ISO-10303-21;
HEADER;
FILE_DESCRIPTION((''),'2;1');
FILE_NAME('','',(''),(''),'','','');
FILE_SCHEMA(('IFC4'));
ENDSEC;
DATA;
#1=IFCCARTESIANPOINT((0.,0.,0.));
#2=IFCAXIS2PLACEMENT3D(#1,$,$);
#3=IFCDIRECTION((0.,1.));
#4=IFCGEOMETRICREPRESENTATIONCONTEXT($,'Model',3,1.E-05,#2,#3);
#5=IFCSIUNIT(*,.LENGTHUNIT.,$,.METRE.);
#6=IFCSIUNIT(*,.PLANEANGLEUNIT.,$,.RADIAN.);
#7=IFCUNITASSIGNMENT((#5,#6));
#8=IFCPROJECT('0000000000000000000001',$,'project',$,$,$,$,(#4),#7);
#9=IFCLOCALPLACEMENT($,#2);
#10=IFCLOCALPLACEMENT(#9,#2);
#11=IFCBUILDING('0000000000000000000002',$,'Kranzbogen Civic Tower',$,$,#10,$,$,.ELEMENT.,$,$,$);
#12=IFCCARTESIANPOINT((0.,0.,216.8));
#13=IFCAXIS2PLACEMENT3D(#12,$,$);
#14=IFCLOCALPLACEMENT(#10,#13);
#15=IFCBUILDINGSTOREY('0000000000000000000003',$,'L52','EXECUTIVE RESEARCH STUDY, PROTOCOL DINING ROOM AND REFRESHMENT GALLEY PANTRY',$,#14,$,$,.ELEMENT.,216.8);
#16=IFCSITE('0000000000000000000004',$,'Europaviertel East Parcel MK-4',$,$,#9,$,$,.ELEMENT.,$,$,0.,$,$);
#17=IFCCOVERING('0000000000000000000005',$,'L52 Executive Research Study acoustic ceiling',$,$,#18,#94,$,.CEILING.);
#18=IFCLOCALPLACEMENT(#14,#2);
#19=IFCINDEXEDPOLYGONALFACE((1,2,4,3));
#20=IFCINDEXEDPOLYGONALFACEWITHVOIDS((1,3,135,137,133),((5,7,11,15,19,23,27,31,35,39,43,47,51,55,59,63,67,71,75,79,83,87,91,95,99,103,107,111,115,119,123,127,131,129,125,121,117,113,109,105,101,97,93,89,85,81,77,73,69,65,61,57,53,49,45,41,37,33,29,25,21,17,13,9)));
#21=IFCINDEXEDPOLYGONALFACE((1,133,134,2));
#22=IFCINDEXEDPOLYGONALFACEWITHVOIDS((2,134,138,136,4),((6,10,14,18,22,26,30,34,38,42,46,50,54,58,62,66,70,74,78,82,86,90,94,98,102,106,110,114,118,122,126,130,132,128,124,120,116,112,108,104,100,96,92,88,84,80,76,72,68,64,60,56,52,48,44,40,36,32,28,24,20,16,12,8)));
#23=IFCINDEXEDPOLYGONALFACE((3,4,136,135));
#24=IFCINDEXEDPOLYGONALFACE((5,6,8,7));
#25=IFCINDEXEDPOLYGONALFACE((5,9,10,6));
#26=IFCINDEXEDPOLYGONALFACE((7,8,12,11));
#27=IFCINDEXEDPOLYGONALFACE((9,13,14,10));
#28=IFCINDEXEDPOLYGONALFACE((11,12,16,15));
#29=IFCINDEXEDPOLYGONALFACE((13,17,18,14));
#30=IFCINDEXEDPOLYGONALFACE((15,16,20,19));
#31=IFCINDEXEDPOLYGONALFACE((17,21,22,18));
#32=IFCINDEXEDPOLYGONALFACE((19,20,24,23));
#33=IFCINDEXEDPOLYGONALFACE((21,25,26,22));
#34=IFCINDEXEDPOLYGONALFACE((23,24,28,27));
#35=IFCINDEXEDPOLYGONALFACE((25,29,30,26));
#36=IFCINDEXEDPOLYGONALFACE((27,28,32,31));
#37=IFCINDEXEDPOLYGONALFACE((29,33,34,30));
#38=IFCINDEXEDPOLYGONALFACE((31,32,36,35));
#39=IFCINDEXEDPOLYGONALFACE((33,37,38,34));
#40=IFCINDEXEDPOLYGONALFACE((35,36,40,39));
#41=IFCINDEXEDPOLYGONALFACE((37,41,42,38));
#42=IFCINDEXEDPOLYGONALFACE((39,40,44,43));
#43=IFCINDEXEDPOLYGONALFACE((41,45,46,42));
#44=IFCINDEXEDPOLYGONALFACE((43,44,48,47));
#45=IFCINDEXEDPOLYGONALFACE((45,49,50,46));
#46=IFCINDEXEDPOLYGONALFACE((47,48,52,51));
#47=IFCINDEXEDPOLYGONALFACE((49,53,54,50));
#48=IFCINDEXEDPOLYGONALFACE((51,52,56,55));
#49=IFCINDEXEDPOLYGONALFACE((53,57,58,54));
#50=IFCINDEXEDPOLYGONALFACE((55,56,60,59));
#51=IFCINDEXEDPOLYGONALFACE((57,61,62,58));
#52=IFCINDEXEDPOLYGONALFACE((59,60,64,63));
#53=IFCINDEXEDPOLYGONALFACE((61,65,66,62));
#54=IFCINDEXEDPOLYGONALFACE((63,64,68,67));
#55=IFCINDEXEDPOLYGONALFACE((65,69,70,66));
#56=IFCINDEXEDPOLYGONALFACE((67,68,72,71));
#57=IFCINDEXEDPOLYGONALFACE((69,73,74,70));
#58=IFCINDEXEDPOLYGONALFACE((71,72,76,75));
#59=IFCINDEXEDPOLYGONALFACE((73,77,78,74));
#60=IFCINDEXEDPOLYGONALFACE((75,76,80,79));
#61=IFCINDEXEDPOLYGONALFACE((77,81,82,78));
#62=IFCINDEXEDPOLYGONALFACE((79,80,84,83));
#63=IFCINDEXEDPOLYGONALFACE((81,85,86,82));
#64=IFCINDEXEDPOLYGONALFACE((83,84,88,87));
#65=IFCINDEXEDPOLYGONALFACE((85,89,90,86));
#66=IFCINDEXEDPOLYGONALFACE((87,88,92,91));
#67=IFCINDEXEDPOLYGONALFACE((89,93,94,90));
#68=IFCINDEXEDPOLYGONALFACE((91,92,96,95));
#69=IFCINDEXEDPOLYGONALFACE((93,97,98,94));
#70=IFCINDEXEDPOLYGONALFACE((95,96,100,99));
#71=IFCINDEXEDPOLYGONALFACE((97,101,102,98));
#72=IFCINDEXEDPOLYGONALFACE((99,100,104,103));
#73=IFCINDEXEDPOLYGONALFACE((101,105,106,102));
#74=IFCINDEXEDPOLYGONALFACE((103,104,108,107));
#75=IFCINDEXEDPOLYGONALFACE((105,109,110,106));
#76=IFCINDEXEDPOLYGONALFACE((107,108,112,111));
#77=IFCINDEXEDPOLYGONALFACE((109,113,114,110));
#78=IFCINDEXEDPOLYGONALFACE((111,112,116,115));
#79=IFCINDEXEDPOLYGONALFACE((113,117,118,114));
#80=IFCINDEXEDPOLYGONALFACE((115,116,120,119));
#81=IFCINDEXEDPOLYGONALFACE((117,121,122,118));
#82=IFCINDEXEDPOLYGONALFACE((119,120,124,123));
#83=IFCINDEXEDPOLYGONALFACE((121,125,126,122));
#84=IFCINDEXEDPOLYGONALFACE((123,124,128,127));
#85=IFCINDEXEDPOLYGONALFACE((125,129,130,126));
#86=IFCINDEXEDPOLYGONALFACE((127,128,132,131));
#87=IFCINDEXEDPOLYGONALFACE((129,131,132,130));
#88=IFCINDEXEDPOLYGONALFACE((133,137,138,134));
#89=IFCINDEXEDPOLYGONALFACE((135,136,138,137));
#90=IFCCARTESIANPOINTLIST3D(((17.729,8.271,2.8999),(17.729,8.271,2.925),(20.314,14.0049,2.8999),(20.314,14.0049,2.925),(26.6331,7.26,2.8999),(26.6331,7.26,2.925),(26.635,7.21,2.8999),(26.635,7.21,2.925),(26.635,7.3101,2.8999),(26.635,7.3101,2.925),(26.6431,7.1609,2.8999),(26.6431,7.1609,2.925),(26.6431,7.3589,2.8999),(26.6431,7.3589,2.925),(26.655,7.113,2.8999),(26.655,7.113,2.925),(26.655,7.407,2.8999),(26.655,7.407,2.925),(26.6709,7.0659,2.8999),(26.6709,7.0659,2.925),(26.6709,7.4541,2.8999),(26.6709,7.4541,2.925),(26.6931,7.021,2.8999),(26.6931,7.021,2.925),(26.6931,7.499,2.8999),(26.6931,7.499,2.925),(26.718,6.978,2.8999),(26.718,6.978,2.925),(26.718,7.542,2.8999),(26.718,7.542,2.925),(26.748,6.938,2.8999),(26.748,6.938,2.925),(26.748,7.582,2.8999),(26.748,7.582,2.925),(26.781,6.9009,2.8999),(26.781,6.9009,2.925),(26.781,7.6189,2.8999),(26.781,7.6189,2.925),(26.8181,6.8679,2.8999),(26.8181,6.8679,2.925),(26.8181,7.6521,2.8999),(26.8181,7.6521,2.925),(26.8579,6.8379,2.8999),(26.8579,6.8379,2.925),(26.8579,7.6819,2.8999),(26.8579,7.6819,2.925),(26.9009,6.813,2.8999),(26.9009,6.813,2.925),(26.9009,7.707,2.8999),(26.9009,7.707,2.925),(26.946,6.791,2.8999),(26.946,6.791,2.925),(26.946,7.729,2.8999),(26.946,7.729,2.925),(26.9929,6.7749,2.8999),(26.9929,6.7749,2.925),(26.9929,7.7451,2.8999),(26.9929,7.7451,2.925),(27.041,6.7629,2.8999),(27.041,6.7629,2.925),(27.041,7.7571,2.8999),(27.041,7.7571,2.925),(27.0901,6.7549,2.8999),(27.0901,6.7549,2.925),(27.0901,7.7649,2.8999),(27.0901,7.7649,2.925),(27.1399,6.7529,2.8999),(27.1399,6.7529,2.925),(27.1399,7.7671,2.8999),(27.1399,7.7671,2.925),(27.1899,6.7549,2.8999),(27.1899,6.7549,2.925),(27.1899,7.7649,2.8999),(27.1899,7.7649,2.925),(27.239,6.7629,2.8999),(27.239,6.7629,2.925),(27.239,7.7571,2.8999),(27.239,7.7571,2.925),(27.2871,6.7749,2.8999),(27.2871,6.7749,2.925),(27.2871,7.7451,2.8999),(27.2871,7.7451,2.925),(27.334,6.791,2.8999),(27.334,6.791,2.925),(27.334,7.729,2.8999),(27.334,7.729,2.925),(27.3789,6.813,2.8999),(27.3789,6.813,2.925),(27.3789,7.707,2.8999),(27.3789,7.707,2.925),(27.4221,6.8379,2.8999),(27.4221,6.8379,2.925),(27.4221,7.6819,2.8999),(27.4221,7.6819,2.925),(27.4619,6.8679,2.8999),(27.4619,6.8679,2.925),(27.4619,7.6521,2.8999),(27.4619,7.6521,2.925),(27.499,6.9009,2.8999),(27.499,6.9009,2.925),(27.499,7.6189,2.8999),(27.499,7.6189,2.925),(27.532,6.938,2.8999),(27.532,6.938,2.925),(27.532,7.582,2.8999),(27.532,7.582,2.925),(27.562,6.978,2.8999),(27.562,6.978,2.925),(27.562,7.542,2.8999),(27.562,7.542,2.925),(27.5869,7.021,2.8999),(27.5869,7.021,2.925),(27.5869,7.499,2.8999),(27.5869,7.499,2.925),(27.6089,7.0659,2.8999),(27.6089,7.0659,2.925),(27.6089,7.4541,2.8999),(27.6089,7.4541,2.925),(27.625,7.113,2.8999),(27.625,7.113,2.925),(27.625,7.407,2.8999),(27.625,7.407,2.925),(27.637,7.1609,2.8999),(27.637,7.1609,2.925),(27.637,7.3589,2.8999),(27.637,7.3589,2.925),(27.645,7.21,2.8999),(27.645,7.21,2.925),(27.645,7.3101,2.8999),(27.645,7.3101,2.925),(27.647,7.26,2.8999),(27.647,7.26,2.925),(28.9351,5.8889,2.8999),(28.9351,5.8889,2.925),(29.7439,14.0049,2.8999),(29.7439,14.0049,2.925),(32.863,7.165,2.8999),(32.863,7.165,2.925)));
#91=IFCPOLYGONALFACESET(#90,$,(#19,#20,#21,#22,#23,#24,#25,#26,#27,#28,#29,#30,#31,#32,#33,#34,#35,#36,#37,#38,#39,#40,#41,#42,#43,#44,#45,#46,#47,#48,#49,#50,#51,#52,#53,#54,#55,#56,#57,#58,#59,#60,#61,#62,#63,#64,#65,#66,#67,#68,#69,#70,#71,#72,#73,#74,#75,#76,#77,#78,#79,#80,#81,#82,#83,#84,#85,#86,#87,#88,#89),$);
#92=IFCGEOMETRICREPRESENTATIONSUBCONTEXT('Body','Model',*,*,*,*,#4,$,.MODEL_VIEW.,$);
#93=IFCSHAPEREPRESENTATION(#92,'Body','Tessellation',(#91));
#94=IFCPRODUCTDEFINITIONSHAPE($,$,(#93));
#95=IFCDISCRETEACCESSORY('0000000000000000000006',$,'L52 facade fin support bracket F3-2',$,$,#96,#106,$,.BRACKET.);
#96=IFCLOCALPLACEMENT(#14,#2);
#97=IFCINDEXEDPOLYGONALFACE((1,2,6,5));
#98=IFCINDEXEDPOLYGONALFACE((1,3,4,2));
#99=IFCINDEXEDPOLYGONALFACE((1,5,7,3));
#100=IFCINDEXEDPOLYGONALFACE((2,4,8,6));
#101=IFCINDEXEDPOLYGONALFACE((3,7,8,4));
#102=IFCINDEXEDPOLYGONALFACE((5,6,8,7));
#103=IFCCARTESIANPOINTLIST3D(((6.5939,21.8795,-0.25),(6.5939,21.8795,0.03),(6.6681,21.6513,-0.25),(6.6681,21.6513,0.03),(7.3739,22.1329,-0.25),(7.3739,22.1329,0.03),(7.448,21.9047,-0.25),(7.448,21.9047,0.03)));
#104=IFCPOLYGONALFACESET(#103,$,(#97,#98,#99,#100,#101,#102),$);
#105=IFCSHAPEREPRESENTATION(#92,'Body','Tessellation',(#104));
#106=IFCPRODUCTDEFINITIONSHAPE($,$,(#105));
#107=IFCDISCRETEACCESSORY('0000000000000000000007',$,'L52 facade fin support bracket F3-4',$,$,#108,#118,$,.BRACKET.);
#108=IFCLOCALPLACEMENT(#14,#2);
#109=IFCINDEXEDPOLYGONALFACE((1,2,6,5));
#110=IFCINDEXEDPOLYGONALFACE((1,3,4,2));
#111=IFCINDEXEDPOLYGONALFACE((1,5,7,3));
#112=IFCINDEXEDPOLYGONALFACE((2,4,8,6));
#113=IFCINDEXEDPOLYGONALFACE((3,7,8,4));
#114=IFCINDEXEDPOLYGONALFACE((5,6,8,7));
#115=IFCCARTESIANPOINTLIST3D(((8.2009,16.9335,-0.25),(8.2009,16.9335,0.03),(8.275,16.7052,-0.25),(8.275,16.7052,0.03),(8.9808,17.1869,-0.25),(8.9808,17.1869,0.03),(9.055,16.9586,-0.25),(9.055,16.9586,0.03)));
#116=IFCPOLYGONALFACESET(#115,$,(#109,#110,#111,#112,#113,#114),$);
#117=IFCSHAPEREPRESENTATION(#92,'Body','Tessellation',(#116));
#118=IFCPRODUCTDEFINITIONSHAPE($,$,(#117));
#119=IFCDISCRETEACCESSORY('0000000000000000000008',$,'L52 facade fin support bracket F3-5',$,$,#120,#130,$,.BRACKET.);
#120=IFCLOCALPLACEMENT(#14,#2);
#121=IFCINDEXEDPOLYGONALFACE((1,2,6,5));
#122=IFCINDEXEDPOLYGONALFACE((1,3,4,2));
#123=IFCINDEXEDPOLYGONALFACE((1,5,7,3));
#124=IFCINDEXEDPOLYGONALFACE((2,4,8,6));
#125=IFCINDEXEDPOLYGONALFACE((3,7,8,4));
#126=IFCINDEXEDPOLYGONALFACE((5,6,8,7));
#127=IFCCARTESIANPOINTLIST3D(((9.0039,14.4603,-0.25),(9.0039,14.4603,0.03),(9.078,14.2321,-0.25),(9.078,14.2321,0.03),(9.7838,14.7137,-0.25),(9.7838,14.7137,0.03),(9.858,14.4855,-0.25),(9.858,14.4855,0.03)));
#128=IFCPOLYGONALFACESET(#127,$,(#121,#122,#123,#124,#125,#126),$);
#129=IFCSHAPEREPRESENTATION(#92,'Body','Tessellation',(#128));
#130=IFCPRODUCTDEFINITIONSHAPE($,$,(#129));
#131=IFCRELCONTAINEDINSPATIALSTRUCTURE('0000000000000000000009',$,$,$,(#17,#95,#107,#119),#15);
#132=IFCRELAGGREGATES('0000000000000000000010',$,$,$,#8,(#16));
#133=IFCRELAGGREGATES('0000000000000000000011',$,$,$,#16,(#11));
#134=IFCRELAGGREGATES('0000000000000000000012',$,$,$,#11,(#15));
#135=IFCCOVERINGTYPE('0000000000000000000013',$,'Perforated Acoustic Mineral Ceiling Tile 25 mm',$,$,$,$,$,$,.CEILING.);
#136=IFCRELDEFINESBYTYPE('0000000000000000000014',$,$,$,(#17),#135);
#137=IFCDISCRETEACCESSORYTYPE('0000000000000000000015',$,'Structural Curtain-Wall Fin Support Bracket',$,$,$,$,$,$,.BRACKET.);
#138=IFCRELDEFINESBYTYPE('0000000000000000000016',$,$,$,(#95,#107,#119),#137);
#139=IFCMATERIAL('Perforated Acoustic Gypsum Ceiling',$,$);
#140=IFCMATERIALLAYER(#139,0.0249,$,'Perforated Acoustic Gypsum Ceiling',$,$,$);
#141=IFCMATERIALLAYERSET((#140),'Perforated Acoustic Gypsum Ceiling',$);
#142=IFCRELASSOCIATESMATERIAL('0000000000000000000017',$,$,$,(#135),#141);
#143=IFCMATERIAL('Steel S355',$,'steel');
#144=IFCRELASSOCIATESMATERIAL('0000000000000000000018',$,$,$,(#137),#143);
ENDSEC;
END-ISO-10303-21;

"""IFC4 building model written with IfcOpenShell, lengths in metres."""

from ifc_helpers import new_model, si_unit, direction, frame, origin, origin_2d, place, context, subcontext, project, spatial, polyline, rectangle, outline, extrude, material, layer, layer_set, type_object, element, save


model = new_model("IFC4")

# Units and contexts
model_context = context("Model", 3, precision=1e-05, world=origin(), true_north=direction((0.0, 1.0)))
body_context = subcontext(model_context, "Body", "Model", "MODEL_VIEW")
ifc_project = project(units=[si_unit("LENGTHUNIT", "METRE"), si_unit("PLANEANGLEUNIT", "RADIAN")], contexts=[model_context])

# Site, building, storey
site_placement = place(None, origin())
site = spatial("IfcSite", under=ifc_project, at=site_placement, Name="Europaviertel East Parcel MK-4", CompositionType="ELEMENT", RefElevation=0.0)
building_placement = place(site_placement, origin())
building = spatial("IfcBuilding", under=site, at=building_placement, Name="Kranzbogen Civic Tower", CompositionType="ELEMENT")
storey_placement = place(building_placement, frame((0.0, 0.0, 216.8)))
storey = spatial("IfcBuildingStorey", under=building, at=storey_placement, Name="L52", Description="EXECUTIVE RESEARCH STUDY, PROTOCOL DINING ROOM AND REFRESHMENT GALLEY PANTRY", CompositionType="ELEMENT", Elevation=216.8)

# Shared definitions
ifc_material_1 = material(Name="Steel S355", Category="steel")

# Covering
ifc_material_2 = material(Name="Perforated Acoustic Gypsum Ceiling")
ifc_layer_1 = layer(ifc_material_2, 0.0249, Name="Perforated Acoustic Gypsum Ceiling")
ifc_layer_set_1 = layer_set([ifc_layer_1], Name="Perforated Acoustic Gypsum Ceiling")
covering_type_1 = type_object("IfcCoveringType", Name="Perforated Acoustic Mineral Ceiling Tile 25 mm", PredefinedType="CEILING", material=ifc_layer_set_1)
covering_1_placement = place(storey_placement, frame((0.0, 0.0, 2.8999)))
element("IfcCovering", 1, at=covering_1_placement, inside=storey, type_object=covering_type_1, Name="L52 Executive Research Study acoustic ceiling", PredefinedType="CEILING", context=body_context, shape_type="SweptSolid", body=[
    extrude(outline(polyline([(17.729, 8.271), (20.314, 14.0049), (29.7439, 14.0049), (32.863, 7.165), (28.9351, 5.8889), (17.729, 8.271)]), holes=[polyline([(27.6089, 7.0659), (27.5869, 7.021), (27.562, 6.978), (27.532, 6.938), (27.499, 6.9009), (27.4619, 6.8679), (27.4221, 6.8379), (27.3789, 6.813), (27.334, 6.791), (27.2871, 6.7749), (27.239, 6.7629), (27.1899, 6.7549), (27.1399, 6.7529), (27.0901, 6.7549), (27.041, 6.7629), (26.9929, 6.7749), (26.946, 6.791), (26.9009, 6.813), (26.8579, 6.8379), (26.8181, 6.8679), (26.781, 6.9009), (26.748, 6.938), (26.718, 6.978), (26.6931, 7.021), (26.6709, 7.0659), (26.655, 7.113), (26.6431, 7.1609), (26.635, 7.21), (26.6331, 7.26), (26.635, 7.3101), (26.6431, 7.3589), (26.655, 7.407), (26.6709, 7.4541), (26.6931, 7.499), (26.718, 7.542), (26.748, 7.582), (26.781, 7.6189), (26.8181, 7.6521), (26.8579, 7.6819), (26.9009, 7.707), (26.946, 7.729), (26.9929, 7.7451), (27.041, 7.7571), (27.0901, 7.7649), (27.1399, 7.7671), (27.1899, 7.7649), (27.239, 7.7571), (27.2871, 7.7451), (27.334, 7.729), (27.3789, 7.707), (27.4221, 7.6819), (27.4619, 7.6521), (27.499, 7.6189), (27.532, 7.582), (27.562, 7.542), (27.5869, 7.499), (27.6089, 7.4541), (27.625, 7.407), (27.637, 7.3589), (27.645, 7.3101), (27.647, 7.26), (27.645, 7.21), (27.637, 7.1609), (27.625, 7.113), (27.6089, 7.0659)])]), origin(), (0.0, 0.0, 1.0), 0.0251),
])

# Discrete accessories
discrete_accessory_type = type_object("IfcDiscreteAccessoryType", Name="Structural Curtain-Wall Fin Support Bracket", PredefinedType="BRACKET", material=ifc_material_1)
for number, where, z_axis, x_axis, name in (
    (2, (7.021, 21.8921, -0.25), (0.0, 0.0, 1.0), (-0.951057, -0.309017, 0.0), "L52 facade fin support bracket F3-2"),
    (3, (8.6279, 16.946, -0.25), (0.0, 0.0, 1.0), (-0.951057, -0.309017, 0.0), "L52 facade fin support bracket F3-4"),
    (4, (9.4309, 14.4729, -0.25), (0.0, 0.0, 1.0), (-0.951057, -0.309017, 0.0), "L52 facade fin support bracket F3-5"),
):
    element("IfcDiscreteAccessory", number, at=place(storey_placement, frame(where, z_axis=z_axis, x_axis=x_axis)), inside=storey, type_object=discrete_accessory_type, Name=name, PredefinedType="BRACKET", context=body_context, shape_type="SweptSolid", body=[
        extrude(rectangle(XDim=0.8201, YDim=0.24, at=origin_2d()), origin(), (0.0, 0.0, 1.0), 0.28),
    ])

save(model, "model.ifc")
